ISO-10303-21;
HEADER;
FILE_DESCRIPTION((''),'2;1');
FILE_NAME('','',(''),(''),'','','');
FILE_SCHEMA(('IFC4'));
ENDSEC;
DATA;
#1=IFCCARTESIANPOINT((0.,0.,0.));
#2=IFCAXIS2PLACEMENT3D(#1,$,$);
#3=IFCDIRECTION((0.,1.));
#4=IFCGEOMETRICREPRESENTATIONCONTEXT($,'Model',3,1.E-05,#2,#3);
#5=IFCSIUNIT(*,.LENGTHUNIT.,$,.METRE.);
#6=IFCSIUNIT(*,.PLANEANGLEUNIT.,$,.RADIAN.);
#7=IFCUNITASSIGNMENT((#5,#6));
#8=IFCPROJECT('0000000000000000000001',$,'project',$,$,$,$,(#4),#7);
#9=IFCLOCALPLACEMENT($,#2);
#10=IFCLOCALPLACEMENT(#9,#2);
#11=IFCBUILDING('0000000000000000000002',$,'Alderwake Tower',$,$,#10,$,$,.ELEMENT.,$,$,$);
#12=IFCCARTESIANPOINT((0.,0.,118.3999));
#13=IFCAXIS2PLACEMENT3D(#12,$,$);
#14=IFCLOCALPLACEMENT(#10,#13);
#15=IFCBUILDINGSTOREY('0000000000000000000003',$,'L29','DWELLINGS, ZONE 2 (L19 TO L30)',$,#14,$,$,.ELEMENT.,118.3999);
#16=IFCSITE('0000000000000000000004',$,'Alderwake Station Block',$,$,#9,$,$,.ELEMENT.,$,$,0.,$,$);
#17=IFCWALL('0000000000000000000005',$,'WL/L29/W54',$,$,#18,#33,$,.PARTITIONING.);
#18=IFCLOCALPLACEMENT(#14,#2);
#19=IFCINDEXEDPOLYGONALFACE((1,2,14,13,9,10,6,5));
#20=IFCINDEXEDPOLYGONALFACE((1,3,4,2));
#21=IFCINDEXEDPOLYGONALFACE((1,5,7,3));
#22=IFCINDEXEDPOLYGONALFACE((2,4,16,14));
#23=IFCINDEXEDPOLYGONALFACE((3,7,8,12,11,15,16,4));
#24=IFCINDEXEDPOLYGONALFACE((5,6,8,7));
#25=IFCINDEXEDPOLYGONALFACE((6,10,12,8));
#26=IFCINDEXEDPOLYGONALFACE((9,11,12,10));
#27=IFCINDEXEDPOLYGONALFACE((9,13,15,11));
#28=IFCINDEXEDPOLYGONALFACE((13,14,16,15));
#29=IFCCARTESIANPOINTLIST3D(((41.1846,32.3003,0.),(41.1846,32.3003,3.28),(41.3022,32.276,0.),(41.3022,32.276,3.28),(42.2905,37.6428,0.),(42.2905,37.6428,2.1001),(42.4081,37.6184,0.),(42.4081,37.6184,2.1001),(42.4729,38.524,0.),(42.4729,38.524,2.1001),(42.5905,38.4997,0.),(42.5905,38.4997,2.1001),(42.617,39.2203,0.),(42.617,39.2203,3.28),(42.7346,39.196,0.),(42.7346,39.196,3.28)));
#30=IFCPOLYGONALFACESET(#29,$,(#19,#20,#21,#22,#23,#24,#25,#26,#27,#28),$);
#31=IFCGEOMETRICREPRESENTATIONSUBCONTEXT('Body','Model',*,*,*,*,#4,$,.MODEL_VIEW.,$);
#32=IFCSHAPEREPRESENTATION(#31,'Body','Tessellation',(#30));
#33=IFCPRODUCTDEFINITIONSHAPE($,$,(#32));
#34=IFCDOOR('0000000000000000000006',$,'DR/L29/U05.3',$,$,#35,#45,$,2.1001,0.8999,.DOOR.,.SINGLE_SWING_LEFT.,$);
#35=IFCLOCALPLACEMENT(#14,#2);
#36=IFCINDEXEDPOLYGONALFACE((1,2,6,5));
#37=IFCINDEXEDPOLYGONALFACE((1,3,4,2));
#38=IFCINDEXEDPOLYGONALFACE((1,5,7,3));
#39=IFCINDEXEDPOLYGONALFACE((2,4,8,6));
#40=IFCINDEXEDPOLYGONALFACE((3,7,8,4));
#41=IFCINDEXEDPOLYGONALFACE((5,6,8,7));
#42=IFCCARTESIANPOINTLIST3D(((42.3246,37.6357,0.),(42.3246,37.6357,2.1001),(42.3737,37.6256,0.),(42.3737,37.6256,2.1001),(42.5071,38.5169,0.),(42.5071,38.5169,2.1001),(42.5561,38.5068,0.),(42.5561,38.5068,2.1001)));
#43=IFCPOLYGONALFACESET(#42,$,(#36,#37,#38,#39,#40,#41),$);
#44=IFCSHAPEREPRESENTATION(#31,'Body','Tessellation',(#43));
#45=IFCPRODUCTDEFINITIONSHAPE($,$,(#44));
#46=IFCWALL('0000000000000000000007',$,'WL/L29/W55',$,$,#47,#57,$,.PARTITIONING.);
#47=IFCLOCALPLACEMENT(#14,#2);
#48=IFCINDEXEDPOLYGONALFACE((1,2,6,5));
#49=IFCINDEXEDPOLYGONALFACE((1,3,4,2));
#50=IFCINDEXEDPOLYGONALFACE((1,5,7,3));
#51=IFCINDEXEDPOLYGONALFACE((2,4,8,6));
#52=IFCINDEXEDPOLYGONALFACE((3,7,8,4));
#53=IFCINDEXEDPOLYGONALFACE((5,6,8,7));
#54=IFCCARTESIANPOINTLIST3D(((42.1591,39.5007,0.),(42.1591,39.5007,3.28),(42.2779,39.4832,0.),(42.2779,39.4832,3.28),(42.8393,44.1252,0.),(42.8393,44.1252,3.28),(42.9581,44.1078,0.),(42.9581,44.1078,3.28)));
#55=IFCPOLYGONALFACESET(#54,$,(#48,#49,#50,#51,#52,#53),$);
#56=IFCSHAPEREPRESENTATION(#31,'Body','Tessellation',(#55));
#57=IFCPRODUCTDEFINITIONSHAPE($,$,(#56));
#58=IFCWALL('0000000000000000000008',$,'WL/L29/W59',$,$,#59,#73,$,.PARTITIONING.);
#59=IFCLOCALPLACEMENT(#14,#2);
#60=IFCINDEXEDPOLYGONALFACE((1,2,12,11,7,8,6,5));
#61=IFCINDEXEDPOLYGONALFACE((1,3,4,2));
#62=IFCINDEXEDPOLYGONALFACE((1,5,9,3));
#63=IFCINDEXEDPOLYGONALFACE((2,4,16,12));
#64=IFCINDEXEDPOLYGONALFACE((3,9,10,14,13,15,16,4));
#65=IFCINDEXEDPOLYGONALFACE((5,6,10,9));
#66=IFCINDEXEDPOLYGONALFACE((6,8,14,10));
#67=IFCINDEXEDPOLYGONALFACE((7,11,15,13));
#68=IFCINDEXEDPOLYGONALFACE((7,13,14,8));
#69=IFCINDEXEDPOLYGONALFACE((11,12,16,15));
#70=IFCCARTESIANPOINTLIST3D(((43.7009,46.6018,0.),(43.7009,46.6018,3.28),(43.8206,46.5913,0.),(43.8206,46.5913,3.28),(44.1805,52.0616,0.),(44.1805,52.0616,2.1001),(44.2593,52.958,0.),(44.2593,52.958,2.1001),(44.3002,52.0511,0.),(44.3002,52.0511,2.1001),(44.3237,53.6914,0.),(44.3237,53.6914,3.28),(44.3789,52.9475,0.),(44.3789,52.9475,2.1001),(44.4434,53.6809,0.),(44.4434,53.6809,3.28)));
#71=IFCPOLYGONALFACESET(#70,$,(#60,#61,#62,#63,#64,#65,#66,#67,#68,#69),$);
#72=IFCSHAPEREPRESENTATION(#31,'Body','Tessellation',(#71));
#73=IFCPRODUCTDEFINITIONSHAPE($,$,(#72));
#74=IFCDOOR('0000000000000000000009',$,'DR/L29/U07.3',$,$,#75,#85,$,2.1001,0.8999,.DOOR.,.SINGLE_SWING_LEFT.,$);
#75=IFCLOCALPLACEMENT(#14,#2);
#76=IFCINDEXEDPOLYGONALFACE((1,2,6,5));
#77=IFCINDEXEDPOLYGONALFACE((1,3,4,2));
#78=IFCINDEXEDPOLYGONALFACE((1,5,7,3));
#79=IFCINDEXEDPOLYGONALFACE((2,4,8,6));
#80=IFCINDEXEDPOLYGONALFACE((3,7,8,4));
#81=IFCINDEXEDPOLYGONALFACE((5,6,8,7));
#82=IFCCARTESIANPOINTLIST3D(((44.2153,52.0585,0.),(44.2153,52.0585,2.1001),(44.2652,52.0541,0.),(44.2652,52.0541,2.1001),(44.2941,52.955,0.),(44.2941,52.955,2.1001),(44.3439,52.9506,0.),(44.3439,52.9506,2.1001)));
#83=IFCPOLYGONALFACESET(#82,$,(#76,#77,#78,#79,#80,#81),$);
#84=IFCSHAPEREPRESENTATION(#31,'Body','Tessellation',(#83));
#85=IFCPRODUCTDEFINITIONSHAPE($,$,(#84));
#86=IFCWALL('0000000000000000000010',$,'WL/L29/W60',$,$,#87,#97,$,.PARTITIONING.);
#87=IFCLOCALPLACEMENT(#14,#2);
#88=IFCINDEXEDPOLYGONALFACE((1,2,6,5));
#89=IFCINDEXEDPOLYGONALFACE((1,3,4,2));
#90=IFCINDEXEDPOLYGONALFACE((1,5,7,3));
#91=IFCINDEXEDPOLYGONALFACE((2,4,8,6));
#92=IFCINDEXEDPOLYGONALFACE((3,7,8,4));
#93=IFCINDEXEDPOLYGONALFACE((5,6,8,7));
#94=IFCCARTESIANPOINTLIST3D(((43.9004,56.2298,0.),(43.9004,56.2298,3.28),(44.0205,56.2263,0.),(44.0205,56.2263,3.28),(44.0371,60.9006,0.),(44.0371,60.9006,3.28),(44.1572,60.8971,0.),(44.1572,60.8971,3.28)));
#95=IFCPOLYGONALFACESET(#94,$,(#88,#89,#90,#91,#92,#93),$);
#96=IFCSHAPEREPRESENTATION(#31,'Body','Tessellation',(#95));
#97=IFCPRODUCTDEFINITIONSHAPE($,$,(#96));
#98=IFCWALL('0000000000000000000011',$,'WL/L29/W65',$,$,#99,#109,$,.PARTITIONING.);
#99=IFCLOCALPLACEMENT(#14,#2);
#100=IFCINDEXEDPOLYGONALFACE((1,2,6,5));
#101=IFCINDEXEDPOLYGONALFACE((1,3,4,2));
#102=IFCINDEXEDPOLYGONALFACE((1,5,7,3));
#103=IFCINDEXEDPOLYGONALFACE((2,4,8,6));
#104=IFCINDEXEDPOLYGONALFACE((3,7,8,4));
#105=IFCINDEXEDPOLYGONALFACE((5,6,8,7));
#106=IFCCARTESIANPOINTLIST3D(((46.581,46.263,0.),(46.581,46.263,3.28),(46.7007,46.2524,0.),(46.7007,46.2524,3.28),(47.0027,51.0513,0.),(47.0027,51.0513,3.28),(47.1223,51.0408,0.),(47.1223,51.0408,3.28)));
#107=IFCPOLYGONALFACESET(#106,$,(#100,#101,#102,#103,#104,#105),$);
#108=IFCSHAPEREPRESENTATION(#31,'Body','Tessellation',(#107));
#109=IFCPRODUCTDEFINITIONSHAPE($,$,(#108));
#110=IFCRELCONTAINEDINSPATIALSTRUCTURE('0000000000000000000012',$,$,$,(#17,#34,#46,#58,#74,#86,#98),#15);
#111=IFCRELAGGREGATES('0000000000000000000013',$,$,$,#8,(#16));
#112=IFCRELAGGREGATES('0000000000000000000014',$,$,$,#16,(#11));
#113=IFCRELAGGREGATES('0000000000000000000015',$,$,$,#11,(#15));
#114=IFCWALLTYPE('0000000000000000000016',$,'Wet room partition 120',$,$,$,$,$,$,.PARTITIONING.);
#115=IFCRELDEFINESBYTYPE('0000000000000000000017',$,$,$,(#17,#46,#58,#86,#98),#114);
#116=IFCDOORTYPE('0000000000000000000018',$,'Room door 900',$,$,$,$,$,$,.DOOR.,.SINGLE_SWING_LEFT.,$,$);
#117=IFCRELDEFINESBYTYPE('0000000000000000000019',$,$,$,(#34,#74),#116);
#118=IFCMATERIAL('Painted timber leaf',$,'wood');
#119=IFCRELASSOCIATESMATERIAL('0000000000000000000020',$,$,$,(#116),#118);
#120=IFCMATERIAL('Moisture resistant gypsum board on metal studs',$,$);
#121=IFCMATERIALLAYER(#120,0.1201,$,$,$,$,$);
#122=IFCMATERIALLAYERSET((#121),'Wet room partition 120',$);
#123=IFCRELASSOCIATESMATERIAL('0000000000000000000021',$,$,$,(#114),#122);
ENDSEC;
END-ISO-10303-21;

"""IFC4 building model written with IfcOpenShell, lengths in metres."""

from ifc_helpers import new_model, si_unit, direction, frame, frame_2d, origin, place, context, subcontext, project, spatial, rectangle, extrude, material, layer, layer_set, type_object, element, fill, save


model = new_model("IFC4")

# Units and contexts
model_context = context("Model", 3, precision=1e-05, world=origin(), true_north=direction((0.0, 1.0)))
body_context = subcontext(model_context, "Body", "Model", "MODEL_VIEW")
ifc_project = project(units=[si_unit("LENGTHUNIT", "METRE"), si_unit("PLANEANGLEUNIT", "RADIAN")], contexts=[model_context])

# Site, building, storey
site_placement = place(None, origin())
site = spatial("IfcSite", under=ifc_project, at=site_placement, Name="Alderwake Station Block", CompositionType="ELEMENT", RefElevation=0.0)
building_placement = place(site_placement, origin())
building = spatial("IfcBuilding", under=site, at=building_placement, Name="Alderwake Tower", CompositionType="ELEMENT")
storey_placement = place(building_placement, frame((0.0, 0.0, 118.3999)))
storey = spatial("IfcBuildingStorey", under=building, at=storey_placement, Name="L29", Description="DWELLINGS, ZONE 2 (L19 TO L30)", CompositionType="ELEMENT", Elevation=118.3999)

# Shared definitions
ifc_material_1 = material(Name="Painted timber leaf", Category="wood")
door_type_1 = type_object("IfcDoorType", Name="Room door 900", OperationType="SINGLE_SWING_LEFT", PredefinedType="DOOR", material=ifc_material_1)

# Wall, opening, door
ifc_material_2 = material(Name="Moisture resistant gypsum board on metal studs")
ifc_layer_1 = layer(ifc_material_2, 0.1201)
ifc_layer_set_1 = layer_set([ifc_layer_1], Name="Wet room partition 120")
wall_type_1 = type_object("IfcWallType", Name="Wet room partition 120", PredefinedType="PARTITIONING", material=ifc_layer_set_1)
wall_1_placement = place(storey_placement, frame((42.6758, 39.208, 0.0), z_axis=(0.0, 0.0, 1.0), x_axis=(-0.202696, -0.979242, 0.0)))
wall_1 = element("IfcWall", 1, at=wall_1_placement, inside=storey, type_object=wall_type_1, Name="WL/L29/W54", PredefinedType="PARTITIONING", context=body_context, shape_type="SweptSolid", body=[
    extrude(rectangle(XDim=7.0667, YDim=0.1201, at=frame_2d((3.5332, 0.0))), origin(), (0.0, 0.0, 1.0), 3.28),
])
opening_1_placement = place(wall_1_placement, frame((0.7109, 0.0, 0.0)))
opening_1 = element("IfcOpeningElement", 2, at=opening_1_placement, cuts=wall_1, PredefinedType="OPENING", context=body_context, shape_type="SweptSolid", body=[
    extrude(rectangle(XDim=0.8999, YDim=2.1001, at=frame_2d((0.45, 1.05))), frame((0.0, 0.0701, 0.0), z_axis=(0.0, -1.0, 0.0), x_axis=(1.0, 0.0, 0.0)), (0.0, 0.0, 1.0), 0.1401),
])
door_1_placement = place(opening_1_placement, origin())
door_1 = element("IfcDoor", 3, at=door_1_placement, inside=storey, type_object=door_type_1, Name="DR/L29/U05.3", OperationType="SINGLE_SWING_LEFT", OverallHeight=2.1001, OverallWidth=0.8999, PredefinedType="DOOR", context=body_context, shape_type="SweptSolid", body=[
    extrude(rectangle(XDim=0.8999, YDim=2.1001, at=frame_2d((0.45, 1.05))), frame((0.0, 0.0249, 0.0), z_axis=(0.0, -1.0, 0.0), x_axis=(1.0, 0.0, 0.0)), (0.0, 0.0, 1.0), 0.05),
])
fill(opening_1, door_1)

# Wall
wall_2_placement = place(storey_placement, frame((42.2185, 39.4919, 0.0), z_axis=(0.0, 0.0, 1.0), x_axis=(0.145515, 0.989356, 0.0)))
element("IfcWall", 4, at=wall_2_placement, inside=storey, type_object=wall_type_1, Name="WL/L29/W55", PredefinedType="PARTITIONING", context=body_context, shape_type="SweptSolid", body=[
    extrude(rectangle(XDim=4.6743, YDim=0.1201, at=frame_2d((2.3372, 0.0))), origin(), (0.0, 0.0, 1.0), 3.28),
])

# Wall, opening, door
wall_3_placement = place(storey_placement, frame((44.3835, 53.6863, 0.0), z_axis=(0.0, 0.0, 1.0), x_axis=(-0.08751, -0.996164, 0.0)))
wall_3 = element("IfcWall", 5, at=wall_3_placement, inside=storey, type_object=wall_type_1, Name="WL/L29/W59", PredefinedType="PARTITIONING", context=body_context, shape_type="SweptSolid", body=[
    extrude(rectangle(XDim=7.1169, YDim=0.1201, at=frame_2d((3.5586, 0.0))), origin(), (0.0, 0.0, 1.0), 3.28),
])
opening_2_placement = place(wall_3_placement, frame((0.7363, 0.0, 0.0)))
opening_2 = element("IfcOpeningElement", 6, at=opening_2_placement, cuts=wall_3, PredefinedType="OPENING", context=body_context, shape_type="SweptSolid", body=[
    extrude(rectangle(XDim=0.8999, YDim=2.1001, at=frame_2d((0.45, 1.05))), frame((0.0, 0.0701, 0.0), z_axis=(0.0, -1.0, 0.0), x_axis=(1.0, 0.0, 0.0)), (0.0, 0.0, 1.0), 0.1401),
])
door_2_placement = place(opening_2_placement, origin())
door_2 = element("IfcDoor", 7, at=door_2_placement, inside=storey, type_object=door_type_1, Name="DR/L29/U07.3", OperationType="SINGLE_SWING_LEFT", OverallHeight=2.1001, OverallWidth=0.8999, PredefinedType="DOOR", context=body_context, shape_type="SweptSolid", body=[
    extrude(rectangle(XDim=0.8999, YDim=2.1001, at=frame_2d((0.45, 1.05))), frame((0.0, 0.0249, 0.0), z_axis=(0.0, -1.0, 0.0), x_axis=(1.0, 0.0, 0.0)), (0.0, 0.0, 1.0), 0.05),
])
fill(opening_2, door_2)

# Walls
wall_4_placement = place(storey_placement, frame((43.9604, 56.228, 0.0), z_axis=(0.0, 0.0, 1.0), x_axis=(0.029258, 0.999572, 0.0)))
element("IfcWall", 8, at=wall_4_placement, inside=storey, type_object=wall_type_1, Name="WL/L29/W60", PredefinedType="PARTITIONING", context=body_context, shape_type="SweptSolid", body=[
    extrude(rectangle(XDim=4.6729, YDim=0.1201, at=frame_2d((2.3364, 0.0))), origin(), (0.0, 0.0, 1.0), 3.28),
])
wall_5_placement = place(storey_placement, frame((46.6409, 46.2578, 0.0), z_axis=(0.0, 0.0, 1.0), x_axis=(0.087714, 0.996146, 0.0)))
element("IfcWall", 9, at=wall_5_placement, inside=storey, type_object=wall_type_1, Name="WL/L29/W65", PredefinedType="PARTITIONING", context=body_context, shape_type="SweptSolid", body=[
    extrude(rectangle(XDim=4.8069, YDim=0.1201, at=frame_2d((2.4033, 0.0))), origin(), (0.0, 0.0, 1.0), 3.28),
])

save(model, "model.ifc")
